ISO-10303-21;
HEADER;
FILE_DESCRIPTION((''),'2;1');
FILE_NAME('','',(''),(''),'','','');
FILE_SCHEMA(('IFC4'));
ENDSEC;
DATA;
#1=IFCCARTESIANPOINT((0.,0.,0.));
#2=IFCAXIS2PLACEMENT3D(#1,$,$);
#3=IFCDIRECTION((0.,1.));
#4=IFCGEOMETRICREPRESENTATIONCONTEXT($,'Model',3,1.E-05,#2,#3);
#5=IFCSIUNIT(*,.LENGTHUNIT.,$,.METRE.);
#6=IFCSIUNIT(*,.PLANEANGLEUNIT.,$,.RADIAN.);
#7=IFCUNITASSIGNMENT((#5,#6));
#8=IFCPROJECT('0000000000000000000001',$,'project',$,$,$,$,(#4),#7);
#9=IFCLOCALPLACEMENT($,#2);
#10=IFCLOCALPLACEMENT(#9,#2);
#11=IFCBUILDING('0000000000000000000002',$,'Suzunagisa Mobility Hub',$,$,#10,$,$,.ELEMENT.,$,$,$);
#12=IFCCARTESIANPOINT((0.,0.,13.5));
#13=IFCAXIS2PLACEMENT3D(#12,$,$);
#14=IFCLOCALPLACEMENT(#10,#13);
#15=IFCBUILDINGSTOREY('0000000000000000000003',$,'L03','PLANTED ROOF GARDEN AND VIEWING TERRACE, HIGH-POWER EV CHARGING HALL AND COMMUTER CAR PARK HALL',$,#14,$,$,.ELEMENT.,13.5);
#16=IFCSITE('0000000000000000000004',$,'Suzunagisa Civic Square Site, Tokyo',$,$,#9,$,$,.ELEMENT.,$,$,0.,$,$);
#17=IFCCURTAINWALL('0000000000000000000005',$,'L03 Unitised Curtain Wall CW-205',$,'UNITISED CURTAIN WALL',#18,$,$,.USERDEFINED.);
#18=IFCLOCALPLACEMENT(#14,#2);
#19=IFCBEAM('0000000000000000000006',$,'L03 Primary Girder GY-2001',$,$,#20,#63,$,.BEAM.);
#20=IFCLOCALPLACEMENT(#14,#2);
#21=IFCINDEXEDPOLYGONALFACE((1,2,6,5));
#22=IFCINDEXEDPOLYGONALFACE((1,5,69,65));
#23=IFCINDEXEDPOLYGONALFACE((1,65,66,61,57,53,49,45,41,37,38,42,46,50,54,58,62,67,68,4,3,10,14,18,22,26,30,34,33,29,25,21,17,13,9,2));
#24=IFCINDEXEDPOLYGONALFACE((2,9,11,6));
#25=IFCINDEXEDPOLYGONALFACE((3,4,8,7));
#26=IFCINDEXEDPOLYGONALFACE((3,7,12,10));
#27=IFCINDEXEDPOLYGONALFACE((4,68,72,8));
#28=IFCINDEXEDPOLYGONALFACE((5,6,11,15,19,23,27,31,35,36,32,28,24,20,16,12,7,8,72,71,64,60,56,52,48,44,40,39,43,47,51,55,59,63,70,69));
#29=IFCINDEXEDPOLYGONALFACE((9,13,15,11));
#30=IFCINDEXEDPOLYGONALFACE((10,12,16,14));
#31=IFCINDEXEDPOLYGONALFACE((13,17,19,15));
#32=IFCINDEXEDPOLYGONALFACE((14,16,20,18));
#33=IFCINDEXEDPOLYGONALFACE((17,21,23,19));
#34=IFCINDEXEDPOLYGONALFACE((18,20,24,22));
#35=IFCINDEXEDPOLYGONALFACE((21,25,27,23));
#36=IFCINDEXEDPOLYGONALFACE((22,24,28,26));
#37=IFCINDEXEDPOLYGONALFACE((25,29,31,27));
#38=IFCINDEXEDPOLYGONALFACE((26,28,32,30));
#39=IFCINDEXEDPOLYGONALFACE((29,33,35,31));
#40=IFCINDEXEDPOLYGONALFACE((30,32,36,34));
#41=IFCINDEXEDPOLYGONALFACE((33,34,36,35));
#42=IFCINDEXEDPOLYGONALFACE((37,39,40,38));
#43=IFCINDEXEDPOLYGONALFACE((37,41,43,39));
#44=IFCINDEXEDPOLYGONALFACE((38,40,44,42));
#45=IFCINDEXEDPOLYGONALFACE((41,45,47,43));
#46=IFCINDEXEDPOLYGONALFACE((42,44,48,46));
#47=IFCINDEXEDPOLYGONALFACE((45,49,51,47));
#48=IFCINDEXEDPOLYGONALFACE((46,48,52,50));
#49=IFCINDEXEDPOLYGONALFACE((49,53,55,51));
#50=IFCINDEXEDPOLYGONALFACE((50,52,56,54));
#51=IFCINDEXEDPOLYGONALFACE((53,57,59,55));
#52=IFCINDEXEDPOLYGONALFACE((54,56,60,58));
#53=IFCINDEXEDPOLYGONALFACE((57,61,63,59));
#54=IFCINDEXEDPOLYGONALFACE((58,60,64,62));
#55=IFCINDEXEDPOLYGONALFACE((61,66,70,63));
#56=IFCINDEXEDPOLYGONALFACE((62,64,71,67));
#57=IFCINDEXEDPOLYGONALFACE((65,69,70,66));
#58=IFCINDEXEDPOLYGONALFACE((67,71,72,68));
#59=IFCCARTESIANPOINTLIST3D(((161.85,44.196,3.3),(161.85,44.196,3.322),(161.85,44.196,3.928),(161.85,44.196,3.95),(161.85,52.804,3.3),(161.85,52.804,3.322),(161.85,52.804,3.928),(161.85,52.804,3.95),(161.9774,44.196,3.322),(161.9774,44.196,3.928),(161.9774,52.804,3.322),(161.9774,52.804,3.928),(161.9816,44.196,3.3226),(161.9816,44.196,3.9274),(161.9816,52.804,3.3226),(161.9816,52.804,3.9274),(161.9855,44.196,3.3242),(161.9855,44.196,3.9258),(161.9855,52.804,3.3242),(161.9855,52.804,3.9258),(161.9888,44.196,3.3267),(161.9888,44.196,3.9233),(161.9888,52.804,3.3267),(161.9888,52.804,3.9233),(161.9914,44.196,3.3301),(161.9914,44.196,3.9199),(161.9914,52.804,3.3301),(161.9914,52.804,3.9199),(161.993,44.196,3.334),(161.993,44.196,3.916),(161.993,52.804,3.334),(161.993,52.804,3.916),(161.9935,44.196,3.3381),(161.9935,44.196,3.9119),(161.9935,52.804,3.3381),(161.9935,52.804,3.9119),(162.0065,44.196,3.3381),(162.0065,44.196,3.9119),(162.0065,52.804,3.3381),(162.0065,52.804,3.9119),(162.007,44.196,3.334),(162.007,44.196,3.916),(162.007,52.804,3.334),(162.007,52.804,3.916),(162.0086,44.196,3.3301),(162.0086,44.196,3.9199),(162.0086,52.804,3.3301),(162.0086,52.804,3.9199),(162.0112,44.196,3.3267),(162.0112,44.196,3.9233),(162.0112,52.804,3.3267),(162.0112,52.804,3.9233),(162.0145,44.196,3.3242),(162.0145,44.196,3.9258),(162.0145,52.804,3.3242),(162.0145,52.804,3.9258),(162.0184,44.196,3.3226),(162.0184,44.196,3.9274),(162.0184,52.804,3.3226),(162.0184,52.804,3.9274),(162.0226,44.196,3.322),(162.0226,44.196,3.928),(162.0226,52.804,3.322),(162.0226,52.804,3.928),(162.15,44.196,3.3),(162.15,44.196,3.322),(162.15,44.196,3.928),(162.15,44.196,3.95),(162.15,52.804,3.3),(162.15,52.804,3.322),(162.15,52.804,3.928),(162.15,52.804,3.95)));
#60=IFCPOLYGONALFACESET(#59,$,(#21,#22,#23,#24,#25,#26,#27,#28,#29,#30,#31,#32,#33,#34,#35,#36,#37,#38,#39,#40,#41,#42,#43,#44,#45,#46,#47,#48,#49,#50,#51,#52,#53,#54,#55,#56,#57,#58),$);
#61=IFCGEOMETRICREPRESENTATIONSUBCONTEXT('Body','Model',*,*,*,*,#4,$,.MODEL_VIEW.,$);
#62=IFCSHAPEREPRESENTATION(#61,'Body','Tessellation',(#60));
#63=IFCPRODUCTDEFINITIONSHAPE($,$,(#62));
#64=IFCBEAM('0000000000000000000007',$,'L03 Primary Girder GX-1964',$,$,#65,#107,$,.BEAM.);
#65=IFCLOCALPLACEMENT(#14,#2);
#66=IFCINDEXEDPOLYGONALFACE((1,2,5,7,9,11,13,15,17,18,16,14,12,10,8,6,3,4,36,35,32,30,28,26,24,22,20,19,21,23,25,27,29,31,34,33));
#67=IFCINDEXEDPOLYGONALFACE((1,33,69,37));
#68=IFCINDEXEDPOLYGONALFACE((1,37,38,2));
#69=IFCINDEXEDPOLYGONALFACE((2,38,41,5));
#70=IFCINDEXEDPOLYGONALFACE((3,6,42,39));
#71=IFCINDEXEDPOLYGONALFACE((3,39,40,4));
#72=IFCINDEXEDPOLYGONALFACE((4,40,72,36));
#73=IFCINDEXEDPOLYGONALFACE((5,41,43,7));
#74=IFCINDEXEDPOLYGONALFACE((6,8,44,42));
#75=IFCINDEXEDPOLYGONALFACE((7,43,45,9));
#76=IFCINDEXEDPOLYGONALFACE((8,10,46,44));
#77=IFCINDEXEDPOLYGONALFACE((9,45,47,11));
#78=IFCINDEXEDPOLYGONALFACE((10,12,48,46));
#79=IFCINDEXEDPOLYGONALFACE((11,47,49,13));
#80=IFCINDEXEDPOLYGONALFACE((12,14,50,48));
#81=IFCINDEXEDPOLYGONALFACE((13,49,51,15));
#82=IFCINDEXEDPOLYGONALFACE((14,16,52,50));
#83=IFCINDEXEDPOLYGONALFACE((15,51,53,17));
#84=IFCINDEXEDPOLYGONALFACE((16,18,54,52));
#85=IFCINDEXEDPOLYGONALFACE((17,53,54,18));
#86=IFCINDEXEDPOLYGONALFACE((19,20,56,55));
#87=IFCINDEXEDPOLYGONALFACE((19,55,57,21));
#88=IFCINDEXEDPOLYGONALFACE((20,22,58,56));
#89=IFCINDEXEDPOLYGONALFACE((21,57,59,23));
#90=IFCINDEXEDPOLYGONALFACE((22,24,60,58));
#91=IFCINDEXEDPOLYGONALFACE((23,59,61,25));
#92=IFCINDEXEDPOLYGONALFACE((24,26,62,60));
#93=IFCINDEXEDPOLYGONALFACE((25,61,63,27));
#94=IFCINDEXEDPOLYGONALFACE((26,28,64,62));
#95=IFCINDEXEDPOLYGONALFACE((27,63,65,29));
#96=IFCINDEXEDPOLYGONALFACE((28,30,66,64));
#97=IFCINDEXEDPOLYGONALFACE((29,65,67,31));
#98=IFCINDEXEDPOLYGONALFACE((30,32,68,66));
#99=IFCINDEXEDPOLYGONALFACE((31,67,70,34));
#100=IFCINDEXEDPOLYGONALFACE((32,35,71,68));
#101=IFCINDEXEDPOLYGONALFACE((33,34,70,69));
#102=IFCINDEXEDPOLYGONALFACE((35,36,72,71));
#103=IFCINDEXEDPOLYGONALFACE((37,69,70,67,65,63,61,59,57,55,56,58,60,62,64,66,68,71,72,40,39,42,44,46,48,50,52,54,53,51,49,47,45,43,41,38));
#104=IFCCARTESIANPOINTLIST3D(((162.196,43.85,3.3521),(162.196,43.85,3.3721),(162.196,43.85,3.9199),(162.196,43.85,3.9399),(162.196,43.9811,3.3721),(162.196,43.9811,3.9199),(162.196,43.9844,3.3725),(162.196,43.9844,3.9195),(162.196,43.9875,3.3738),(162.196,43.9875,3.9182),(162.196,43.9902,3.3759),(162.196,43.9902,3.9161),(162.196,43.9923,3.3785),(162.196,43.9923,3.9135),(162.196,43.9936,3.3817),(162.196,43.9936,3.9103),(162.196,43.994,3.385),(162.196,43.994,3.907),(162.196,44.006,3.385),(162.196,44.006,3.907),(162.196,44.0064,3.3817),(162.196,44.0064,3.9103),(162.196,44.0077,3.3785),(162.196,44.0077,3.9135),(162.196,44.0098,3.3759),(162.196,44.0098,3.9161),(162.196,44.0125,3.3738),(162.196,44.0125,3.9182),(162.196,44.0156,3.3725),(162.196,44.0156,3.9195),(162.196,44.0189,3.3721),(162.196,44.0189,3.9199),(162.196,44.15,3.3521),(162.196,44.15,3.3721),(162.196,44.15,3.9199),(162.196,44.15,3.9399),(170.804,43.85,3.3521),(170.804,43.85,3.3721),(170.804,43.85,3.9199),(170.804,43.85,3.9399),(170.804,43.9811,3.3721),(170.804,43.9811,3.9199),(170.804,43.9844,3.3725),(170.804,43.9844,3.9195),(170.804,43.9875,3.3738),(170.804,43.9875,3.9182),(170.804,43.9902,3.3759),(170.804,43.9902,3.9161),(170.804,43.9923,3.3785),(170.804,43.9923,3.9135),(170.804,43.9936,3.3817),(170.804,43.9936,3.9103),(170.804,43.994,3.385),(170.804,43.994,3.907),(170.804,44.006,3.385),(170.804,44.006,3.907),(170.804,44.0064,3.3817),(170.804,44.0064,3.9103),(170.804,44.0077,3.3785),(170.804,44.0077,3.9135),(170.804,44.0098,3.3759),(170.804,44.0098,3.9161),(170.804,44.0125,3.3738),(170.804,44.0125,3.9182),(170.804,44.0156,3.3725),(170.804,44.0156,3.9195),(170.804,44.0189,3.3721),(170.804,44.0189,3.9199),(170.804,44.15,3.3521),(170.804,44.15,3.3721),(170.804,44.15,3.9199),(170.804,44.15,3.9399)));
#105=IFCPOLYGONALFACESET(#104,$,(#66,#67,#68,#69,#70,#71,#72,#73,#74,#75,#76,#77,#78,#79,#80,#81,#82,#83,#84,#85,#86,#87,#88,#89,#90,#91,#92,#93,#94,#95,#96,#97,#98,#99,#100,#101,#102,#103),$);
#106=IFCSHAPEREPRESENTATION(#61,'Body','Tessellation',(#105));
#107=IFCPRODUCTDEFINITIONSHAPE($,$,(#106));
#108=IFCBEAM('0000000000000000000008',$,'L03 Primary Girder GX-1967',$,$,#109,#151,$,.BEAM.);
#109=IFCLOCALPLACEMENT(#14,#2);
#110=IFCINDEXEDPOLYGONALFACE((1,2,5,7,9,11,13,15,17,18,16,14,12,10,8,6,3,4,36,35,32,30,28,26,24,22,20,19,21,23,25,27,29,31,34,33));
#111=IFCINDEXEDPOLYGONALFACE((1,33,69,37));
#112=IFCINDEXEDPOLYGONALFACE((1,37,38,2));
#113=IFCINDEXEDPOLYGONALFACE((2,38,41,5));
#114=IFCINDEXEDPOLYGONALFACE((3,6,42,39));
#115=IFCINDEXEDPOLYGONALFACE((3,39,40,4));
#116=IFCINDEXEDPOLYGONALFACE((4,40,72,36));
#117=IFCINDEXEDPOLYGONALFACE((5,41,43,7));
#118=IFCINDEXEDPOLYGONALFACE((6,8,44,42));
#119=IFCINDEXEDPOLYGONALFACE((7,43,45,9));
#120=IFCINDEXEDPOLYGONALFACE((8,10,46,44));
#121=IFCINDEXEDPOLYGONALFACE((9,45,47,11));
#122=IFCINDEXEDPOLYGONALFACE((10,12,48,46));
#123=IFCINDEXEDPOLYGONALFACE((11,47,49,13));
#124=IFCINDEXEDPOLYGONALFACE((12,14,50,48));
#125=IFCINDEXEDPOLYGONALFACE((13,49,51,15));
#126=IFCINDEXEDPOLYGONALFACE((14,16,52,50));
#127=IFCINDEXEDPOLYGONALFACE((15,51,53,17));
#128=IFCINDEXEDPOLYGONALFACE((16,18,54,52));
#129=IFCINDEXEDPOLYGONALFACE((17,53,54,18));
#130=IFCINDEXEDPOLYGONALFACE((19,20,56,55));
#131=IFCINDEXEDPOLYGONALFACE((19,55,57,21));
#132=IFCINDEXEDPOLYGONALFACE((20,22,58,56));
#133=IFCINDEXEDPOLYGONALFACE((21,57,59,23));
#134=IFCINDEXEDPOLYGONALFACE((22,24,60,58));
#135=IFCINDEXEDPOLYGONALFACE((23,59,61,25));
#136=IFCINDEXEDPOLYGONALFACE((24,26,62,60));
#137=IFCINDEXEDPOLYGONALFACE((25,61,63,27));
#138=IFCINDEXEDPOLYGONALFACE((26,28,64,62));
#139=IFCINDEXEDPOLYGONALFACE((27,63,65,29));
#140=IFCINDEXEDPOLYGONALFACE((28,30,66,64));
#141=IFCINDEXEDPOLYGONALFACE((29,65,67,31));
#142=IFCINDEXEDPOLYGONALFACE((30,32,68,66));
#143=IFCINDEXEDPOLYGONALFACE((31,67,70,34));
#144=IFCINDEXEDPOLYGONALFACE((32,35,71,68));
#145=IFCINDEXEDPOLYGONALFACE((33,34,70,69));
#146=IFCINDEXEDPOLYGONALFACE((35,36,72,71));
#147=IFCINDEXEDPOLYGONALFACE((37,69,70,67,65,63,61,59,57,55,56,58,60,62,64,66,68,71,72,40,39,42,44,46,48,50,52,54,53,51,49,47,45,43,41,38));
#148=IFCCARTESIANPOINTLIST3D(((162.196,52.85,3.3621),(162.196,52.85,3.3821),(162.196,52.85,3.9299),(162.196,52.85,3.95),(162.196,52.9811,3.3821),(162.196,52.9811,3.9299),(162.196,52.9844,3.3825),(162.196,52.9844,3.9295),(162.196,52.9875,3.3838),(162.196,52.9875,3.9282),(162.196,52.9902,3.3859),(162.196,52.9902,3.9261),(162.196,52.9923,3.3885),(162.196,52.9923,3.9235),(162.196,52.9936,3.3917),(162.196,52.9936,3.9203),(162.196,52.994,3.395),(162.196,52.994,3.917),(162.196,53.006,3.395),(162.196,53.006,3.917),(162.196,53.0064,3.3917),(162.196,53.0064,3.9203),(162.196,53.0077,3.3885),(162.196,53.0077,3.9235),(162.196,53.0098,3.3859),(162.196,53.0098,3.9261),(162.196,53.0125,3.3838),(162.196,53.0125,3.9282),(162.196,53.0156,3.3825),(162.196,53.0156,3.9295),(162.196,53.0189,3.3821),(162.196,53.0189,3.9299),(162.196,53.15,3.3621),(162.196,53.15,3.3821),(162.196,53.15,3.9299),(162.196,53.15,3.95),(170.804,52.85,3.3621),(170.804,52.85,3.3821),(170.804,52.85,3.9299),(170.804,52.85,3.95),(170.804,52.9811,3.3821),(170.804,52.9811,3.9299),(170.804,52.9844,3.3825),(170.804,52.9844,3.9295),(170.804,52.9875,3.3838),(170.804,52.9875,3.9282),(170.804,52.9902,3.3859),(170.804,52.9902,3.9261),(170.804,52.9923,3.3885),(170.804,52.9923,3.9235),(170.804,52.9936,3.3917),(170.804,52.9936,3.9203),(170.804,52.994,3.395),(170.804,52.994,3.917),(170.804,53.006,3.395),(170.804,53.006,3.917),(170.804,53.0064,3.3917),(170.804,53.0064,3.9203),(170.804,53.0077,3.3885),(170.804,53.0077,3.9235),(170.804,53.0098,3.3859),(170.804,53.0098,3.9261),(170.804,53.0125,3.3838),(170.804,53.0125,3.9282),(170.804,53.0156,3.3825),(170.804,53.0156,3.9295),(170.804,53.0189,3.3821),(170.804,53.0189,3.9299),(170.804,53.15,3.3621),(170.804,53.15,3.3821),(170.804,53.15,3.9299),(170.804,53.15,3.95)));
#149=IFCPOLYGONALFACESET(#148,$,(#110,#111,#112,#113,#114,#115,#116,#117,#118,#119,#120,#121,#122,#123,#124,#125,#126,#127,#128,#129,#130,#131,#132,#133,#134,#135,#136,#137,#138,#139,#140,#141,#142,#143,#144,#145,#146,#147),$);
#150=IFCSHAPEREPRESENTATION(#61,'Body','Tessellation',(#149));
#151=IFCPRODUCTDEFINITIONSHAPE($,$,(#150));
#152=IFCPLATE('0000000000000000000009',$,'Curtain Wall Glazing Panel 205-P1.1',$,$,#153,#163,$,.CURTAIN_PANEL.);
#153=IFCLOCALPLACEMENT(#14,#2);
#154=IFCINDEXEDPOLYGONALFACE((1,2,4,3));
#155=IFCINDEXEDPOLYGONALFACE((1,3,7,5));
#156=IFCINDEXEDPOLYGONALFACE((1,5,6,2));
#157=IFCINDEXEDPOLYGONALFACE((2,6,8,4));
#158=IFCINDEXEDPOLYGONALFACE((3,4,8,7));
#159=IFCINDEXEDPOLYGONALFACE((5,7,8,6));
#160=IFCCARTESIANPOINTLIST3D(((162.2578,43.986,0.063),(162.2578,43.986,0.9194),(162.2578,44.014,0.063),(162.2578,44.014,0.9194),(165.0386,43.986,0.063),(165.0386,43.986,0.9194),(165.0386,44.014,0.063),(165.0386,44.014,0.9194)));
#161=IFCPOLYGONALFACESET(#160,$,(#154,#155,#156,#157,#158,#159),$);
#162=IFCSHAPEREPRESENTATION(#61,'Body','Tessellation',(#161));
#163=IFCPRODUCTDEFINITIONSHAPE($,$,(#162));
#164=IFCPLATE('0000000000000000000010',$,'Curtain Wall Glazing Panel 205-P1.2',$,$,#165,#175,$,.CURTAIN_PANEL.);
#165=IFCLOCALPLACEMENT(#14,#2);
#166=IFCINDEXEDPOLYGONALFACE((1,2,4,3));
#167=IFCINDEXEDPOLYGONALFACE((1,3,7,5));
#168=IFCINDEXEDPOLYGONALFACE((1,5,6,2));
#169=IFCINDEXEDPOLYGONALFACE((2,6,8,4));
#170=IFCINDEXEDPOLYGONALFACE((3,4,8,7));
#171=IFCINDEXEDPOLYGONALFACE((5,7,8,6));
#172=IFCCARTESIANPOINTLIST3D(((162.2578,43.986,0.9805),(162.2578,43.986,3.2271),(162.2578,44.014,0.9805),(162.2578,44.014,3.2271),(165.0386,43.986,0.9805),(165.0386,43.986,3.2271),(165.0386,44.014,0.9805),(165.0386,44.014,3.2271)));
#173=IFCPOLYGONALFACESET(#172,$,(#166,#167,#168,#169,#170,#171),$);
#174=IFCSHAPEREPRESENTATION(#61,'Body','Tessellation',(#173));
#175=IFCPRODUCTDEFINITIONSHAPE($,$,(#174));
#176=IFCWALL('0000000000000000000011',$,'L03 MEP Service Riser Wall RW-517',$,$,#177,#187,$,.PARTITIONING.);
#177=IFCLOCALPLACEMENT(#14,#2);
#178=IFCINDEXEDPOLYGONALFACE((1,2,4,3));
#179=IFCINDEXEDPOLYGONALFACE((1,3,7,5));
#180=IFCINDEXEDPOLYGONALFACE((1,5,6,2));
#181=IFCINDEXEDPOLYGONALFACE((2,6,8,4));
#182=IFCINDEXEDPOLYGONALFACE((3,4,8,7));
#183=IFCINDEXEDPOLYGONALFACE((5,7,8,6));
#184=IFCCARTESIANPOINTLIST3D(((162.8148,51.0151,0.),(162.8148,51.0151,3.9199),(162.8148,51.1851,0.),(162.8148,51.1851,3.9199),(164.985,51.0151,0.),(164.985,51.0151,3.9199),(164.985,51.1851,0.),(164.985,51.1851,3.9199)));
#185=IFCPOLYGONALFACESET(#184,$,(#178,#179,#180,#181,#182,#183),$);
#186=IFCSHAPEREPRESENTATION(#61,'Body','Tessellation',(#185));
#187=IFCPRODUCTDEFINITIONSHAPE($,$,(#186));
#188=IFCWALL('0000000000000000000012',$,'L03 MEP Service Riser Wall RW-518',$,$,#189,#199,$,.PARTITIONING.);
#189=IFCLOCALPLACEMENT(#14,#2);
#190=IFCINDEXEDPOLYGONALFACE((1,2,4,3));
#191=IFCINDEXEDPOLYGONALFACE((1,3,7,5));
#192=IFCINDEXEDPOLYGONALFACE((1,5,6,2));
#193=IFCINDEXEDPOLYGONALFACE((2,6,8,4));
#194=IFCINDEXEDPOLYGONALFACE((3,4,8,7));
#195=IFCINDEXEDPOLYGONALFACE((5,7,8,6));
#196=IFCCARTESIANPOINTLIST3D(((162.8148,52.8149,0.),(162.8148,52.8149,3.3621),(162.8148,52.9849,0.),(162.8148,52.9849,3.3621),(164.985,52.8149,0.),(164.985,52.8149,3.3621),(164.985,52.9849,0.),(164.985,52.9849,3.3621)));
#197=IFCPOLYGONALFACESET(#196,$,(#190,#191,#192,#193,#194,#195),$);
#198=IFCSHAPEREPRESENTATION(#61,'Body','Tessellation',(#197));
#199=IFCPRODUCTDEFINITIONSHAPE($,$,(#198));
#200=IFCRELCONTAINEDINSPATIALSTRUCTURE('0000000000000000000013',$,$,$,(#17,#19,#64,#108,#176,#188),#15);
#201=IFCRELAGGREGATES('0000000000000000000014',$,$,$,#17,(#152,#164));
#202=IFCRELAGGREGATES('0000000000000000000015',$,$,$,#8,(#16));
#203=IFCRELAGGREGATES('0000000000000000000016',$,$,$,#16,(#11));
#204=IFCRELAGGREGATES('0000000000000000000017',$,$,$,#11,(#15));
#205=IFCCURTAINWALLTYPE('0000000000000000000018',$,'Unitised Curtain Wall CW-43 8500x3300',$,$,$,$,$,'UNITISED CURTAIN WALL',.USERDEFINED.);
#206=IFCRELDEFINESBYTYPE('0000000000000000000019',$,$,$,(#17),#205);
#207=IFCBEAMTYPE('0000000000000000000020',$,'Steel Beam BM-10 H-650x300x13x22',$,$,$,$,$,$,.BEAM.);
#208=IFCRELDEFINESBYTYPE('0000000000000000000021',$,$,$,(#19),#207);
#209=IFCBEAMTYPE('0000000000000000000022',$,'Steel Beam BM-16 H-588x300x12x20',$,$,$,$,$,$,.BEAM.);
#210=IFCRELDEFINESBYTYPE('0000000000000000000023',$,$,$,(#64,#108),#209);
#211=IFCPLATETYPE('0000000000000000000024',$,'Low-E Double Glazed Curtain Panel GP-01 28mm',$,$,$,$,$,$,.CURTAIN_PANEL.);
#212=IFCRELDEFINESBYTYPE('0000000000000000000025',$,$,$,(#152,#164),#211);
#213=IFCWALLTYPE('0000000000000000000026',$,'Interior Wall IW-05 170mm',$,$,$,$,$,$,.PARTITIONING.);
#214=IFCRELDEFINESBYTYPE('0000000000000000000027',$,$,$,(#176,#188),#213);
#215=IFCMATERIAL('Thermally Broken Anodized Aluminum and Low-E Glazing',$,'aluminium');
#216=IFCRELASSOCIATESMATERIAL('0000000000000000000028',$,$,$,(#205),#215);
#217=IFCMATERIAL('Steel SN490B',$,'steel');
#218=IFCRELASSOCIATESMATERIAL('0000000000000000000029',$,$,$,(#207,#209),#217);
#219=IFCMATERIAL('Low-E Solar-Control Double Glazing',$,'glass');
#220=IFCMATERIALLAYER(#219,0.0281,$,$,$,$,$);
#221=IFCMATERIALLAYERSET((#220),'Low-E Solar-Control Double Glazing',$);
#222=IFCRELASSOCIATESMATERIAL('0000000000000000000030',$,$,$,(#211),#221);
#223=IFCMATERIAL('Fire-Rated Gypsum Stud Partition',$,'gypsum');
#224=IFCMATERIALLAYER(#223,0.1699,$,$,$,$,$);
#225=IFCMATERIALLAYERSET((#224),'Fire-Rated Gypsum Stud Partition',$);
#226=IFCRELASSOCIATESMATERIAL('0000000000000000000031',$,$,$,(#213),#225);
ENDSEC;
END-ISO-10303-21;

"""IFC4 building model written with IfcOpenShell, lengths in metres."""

from ifc_helpers import new_model, si_unit, direction, frame, frame_2d, origin, origin_2d, place, context, subcontext, project, spatial, rectangle, i_section, extrude, material, layer, layer_set, material_profile, profile_set, type_object, element, aggregate, save


model = new_model("IFC4")

# Units and contexts
model_context = context("Model", 3, precision=1e-05, world=origin(), true_north=direction((0.0, 1.0)))
body_context = subcontext(model_context, "Body", "Model", "MODEL_VIEW")
ifc_project = project(units=[si_unit("LENGTHUNIT", "METRE"), si_unit("PLANEANGLEUNIT", "RADIAN")], contexts=[model_context])

# Site, building, storey
site_placement = place(None, origin())
site = spatial("IfcSite", under=ifc_project, at=site_placement, Name="Suzunagisa Civic Square Site, Tokyo", CompositionType="ELEMENT", RefElevation=0.0)
building_placement = place(site_placement, origin())
building = spatial("IfcBuilding", under=site, at=building_placement, Name="Suzunagisa Mobility Hub", CompositionType="ELEMENT")
storey_placement = place(building_placement, frame((0.0, 0.0, 13.5)))
storey = spatial("IfcBuildingStorey", under=building, at=storey_placement, Name="L03", Description="PLANTED ROOF GARDEN AND VIEWING TERRACE, HIGH-POWER EV CHARGING HALL AND COMMUTER CAR PARK HALL", CompositionType="ELEMENT", Elevation=13.5)

# Shared definitions
ifc_material_1 = material(Name="Steel SN490B", Category="steel")

# Curtain wall
ifc_material_2 = material(Name="Thermally Broken Anodized Aluminum and Low-E Glazing", Category="aluminium")
curtain_wall_type = type_object("IfcCurtainWallType", Name="Unitised Curtain Wall CW-43 8500x3300", ElementType="UNITISED CURTAIN WALL", PredefinedType="USERDEFINED", material=ifc_material_2)
curtain_wall_placement = place(storey_placement, origin())
curtain_wall = element("IfcCurtainWall", 1, at=curtain_wall_placement, inside=storey, type_object=curtain_wall_type, Name="L03 Unitised Curtain Wall CW-205", ObjectType="UNITISED CURTAIN WALL", PredefinedType="USERDEFINED")

# Beams
ifc_material_profile_1 = material_profile(ifc_material_1, i_section(OverallWidth=0.3, OverallDepth=0.6499, WebThickness=0.0129, FlangeThickness=0.022, FilletRadius=0.0161, at=origin_2d()), Name="H-650x300x13x22")
ifc_profile_set_1 = profile_set([ifc_material_profile_1], Name="Steel SN490B")
beam_type_1 = type_object("IfcBeamType", Name="Steel Beam BM-10 H-650x300x13x22", PredefinedType="BEAM", material=ifc_profile_set_1)
beam_placement = place(storey_placement, frame((162.0, 44.196, 3.625), z_axis=(0.0, 1.0, 0.0), x_axis=(-1.0, 0.0, 0.0)))
element("IfcBeam", 2, at=beam_placement, inside=storey, type_object=beam_type_1, Name="L03 Primary Girder GY-2001", PredefinedType="BEAM", context=body_context, shape_type="SweptSolid", body=[
    extrude(i_section(OverallWidth=0.3, OverallDepth=0.6499, WebThickness=0.0129, FlangeThickness=0.022, FilletRadius=0.0161, at=origin_2d()), origin(), (0.0, 0.0, 1.0), 8.6079),
])
ifc_material_profile_2 = material_profile(ifc_material_1, i_section(OverallWidth=0.3, OverallDepth=0.5879, WebThickness=0.012, FlangeThickness=0.02, FilletRadius=0.0129, at=origin_2d()), Name="H-588x300x12x20")
ifc_profile_set_2 = profile_set([ifc_material_profile_2], Name="Steel SN490B")
beam_type_2 = type_object("IfcBeamType", Name="Steel Beam BM-16 H-588x300x12x20", PredefinedType="BEAM", material=ifc_profile_set_2)
for number, where, z_axis, x_axis, name in (
    (3, (162.196, 44.0, 3.646), (1.0, 0.0, 0.0), (0.0, 1.0, 0.0), "L03 Primary Girder GX-1964"),
    (4, (162.196, 53.0, 3.656), (1.0, 0.0, 0.0), (0.0, 1.0, 0.0), "L03 Primary Girder GX-1967"),
):
    element("IfcBeam", number, at=place(storey_placement, frame(where, z_axis=z_axis, x_axis=x_axis)), inside=storey, type_object=beam_type_2, Name=name, PredefinedType="BEAM", context=body_context, shape_type="SweptSolid", body=[
        extrude(i_section(OverallWidth=0.3, OverallDepth=0.5879, WebThickness=0.012, FlangeThickness=0.02, FilletRadius=0.0129, at=origin_2d()), origin(), (0.0, 0.0, 1.0), 8.6079),
    ])

# Plates
ifc_material_3 = material(Name="Low-E Solar-Control Double Glazing", Category="glass")
ifc_layer_1 = layer(ifc_material_3, 0.0281)
ifc_layer_set_1 = layer_set([ifc_layer_1], Name="Low-E Solar-Control Double Glazing")
plate_type = type_object("IfcPlateType", Name="Low-E Double Glazed Curtain Panel GP-01 28mm", PredefinedType="CURTAIN_PANEL", material=ifc_layer_set_1)
plate_1_placement = place(storey_placement, frame((163.6482, 44.0, 0.063), z_axis=(0.0, 0.0, 1.0), x_axis=(1.0, 0.0, 0.0)))
plate_1 = element("IfcPlate", 5, at=plate_1_placement, type_object=plate_type, Name="Curtain Wall Glazing Panel 205-P1.1", PredefinedType="CURTAIN_PANEL", context=body_context, shape_type="SweptSolid", body=[
    extrude(rectangle(XDim=2.7808, YDim=0.0281, at=origin_2d()), origin(), (0.0, 0.0, 1.0), 0.8564),
])
plate_2_placement = place(storey_placement, frame((163.6482, 44.0, 0.9805), z_axis=(0.0, 0.0, 1.0), x_axis=(1.0, 0.0, 0.0)))
plate_2 = element("IfcPlate", 6, at=plate_2_placement, type_object=plate_type, Name="Curtain Wall Glazing Panel 205-P1.2", PredefinedType="CURTAIN_PANEL", context=body_context, shape_type="SweptSolid", body=[
    extrude(rectangle(XDim=2.7808, YDim=0.0281, at=origin_2d()), origin(), (0.0, 0.0, 1.0), 2.2466),
])
aggregate(curtain_wall, [plate_1, plate_2])

# Walls
ifc_material_4 = material(Name="Fire-Rated Gypsum Stud Partition", Category="gypsum")
ifc_layer_2 = layer(ifc_material_4, 0.1699)
ifc_layer_set_2 = layer_set([ifc_layer_2], Name="Fire-Rated Gypsum Stud Partition")
wall_type = type_object("IfcWallType", Name="Interior Wall IW-05 170mm", PredefinedType="PARTITIONING", material=ifc_layer_set_2)
wall_1_placement = place(storey_placement, frame((162.8149, 51.1001, 0.0), z_axis=(0.0, 0.0, 1.0), x_axis=(1.0, 0.0, 0.0)))
element("IfcWall", 7, at=wall_1_placement, inside=storey, type_object=wall_type, Name="L03 MEP Service Riser Wall RW-517", PredefinedType="PARTITIONING", context=body_context, shape_type="SweptSolid", body=[
    extrude(rectangle(XDim=2.1702, YDim=0.1699, at=frame_2d((1.085, 0.0))), origin(), (0.0, 0.0, 1.0), 3.9199),
])
wall_2_placement = place(storey_placement, frame((162.8149, 52.8999, 0.0), z_axis=(0.0, 0.0, 1.0), x_axis=(1.0, 0.0, 0.0)))
element("IfcWall", 8, at=wall_2_placement, inside=storey, type_object=wall_type, Name="L03 MEP Service Riser Wall RW-518", PredefinedType="PARTITIONING", context=body_context, shape_type="SweptSolid", body=[
    extrude(rectangle(XDim=2.1702, YDim=0.1699, at=frame_2d((1.085, 0.0))), origin(), (0.0, 0.0, 1.0), 3.3621),
])

save(model, "model.ifc")
